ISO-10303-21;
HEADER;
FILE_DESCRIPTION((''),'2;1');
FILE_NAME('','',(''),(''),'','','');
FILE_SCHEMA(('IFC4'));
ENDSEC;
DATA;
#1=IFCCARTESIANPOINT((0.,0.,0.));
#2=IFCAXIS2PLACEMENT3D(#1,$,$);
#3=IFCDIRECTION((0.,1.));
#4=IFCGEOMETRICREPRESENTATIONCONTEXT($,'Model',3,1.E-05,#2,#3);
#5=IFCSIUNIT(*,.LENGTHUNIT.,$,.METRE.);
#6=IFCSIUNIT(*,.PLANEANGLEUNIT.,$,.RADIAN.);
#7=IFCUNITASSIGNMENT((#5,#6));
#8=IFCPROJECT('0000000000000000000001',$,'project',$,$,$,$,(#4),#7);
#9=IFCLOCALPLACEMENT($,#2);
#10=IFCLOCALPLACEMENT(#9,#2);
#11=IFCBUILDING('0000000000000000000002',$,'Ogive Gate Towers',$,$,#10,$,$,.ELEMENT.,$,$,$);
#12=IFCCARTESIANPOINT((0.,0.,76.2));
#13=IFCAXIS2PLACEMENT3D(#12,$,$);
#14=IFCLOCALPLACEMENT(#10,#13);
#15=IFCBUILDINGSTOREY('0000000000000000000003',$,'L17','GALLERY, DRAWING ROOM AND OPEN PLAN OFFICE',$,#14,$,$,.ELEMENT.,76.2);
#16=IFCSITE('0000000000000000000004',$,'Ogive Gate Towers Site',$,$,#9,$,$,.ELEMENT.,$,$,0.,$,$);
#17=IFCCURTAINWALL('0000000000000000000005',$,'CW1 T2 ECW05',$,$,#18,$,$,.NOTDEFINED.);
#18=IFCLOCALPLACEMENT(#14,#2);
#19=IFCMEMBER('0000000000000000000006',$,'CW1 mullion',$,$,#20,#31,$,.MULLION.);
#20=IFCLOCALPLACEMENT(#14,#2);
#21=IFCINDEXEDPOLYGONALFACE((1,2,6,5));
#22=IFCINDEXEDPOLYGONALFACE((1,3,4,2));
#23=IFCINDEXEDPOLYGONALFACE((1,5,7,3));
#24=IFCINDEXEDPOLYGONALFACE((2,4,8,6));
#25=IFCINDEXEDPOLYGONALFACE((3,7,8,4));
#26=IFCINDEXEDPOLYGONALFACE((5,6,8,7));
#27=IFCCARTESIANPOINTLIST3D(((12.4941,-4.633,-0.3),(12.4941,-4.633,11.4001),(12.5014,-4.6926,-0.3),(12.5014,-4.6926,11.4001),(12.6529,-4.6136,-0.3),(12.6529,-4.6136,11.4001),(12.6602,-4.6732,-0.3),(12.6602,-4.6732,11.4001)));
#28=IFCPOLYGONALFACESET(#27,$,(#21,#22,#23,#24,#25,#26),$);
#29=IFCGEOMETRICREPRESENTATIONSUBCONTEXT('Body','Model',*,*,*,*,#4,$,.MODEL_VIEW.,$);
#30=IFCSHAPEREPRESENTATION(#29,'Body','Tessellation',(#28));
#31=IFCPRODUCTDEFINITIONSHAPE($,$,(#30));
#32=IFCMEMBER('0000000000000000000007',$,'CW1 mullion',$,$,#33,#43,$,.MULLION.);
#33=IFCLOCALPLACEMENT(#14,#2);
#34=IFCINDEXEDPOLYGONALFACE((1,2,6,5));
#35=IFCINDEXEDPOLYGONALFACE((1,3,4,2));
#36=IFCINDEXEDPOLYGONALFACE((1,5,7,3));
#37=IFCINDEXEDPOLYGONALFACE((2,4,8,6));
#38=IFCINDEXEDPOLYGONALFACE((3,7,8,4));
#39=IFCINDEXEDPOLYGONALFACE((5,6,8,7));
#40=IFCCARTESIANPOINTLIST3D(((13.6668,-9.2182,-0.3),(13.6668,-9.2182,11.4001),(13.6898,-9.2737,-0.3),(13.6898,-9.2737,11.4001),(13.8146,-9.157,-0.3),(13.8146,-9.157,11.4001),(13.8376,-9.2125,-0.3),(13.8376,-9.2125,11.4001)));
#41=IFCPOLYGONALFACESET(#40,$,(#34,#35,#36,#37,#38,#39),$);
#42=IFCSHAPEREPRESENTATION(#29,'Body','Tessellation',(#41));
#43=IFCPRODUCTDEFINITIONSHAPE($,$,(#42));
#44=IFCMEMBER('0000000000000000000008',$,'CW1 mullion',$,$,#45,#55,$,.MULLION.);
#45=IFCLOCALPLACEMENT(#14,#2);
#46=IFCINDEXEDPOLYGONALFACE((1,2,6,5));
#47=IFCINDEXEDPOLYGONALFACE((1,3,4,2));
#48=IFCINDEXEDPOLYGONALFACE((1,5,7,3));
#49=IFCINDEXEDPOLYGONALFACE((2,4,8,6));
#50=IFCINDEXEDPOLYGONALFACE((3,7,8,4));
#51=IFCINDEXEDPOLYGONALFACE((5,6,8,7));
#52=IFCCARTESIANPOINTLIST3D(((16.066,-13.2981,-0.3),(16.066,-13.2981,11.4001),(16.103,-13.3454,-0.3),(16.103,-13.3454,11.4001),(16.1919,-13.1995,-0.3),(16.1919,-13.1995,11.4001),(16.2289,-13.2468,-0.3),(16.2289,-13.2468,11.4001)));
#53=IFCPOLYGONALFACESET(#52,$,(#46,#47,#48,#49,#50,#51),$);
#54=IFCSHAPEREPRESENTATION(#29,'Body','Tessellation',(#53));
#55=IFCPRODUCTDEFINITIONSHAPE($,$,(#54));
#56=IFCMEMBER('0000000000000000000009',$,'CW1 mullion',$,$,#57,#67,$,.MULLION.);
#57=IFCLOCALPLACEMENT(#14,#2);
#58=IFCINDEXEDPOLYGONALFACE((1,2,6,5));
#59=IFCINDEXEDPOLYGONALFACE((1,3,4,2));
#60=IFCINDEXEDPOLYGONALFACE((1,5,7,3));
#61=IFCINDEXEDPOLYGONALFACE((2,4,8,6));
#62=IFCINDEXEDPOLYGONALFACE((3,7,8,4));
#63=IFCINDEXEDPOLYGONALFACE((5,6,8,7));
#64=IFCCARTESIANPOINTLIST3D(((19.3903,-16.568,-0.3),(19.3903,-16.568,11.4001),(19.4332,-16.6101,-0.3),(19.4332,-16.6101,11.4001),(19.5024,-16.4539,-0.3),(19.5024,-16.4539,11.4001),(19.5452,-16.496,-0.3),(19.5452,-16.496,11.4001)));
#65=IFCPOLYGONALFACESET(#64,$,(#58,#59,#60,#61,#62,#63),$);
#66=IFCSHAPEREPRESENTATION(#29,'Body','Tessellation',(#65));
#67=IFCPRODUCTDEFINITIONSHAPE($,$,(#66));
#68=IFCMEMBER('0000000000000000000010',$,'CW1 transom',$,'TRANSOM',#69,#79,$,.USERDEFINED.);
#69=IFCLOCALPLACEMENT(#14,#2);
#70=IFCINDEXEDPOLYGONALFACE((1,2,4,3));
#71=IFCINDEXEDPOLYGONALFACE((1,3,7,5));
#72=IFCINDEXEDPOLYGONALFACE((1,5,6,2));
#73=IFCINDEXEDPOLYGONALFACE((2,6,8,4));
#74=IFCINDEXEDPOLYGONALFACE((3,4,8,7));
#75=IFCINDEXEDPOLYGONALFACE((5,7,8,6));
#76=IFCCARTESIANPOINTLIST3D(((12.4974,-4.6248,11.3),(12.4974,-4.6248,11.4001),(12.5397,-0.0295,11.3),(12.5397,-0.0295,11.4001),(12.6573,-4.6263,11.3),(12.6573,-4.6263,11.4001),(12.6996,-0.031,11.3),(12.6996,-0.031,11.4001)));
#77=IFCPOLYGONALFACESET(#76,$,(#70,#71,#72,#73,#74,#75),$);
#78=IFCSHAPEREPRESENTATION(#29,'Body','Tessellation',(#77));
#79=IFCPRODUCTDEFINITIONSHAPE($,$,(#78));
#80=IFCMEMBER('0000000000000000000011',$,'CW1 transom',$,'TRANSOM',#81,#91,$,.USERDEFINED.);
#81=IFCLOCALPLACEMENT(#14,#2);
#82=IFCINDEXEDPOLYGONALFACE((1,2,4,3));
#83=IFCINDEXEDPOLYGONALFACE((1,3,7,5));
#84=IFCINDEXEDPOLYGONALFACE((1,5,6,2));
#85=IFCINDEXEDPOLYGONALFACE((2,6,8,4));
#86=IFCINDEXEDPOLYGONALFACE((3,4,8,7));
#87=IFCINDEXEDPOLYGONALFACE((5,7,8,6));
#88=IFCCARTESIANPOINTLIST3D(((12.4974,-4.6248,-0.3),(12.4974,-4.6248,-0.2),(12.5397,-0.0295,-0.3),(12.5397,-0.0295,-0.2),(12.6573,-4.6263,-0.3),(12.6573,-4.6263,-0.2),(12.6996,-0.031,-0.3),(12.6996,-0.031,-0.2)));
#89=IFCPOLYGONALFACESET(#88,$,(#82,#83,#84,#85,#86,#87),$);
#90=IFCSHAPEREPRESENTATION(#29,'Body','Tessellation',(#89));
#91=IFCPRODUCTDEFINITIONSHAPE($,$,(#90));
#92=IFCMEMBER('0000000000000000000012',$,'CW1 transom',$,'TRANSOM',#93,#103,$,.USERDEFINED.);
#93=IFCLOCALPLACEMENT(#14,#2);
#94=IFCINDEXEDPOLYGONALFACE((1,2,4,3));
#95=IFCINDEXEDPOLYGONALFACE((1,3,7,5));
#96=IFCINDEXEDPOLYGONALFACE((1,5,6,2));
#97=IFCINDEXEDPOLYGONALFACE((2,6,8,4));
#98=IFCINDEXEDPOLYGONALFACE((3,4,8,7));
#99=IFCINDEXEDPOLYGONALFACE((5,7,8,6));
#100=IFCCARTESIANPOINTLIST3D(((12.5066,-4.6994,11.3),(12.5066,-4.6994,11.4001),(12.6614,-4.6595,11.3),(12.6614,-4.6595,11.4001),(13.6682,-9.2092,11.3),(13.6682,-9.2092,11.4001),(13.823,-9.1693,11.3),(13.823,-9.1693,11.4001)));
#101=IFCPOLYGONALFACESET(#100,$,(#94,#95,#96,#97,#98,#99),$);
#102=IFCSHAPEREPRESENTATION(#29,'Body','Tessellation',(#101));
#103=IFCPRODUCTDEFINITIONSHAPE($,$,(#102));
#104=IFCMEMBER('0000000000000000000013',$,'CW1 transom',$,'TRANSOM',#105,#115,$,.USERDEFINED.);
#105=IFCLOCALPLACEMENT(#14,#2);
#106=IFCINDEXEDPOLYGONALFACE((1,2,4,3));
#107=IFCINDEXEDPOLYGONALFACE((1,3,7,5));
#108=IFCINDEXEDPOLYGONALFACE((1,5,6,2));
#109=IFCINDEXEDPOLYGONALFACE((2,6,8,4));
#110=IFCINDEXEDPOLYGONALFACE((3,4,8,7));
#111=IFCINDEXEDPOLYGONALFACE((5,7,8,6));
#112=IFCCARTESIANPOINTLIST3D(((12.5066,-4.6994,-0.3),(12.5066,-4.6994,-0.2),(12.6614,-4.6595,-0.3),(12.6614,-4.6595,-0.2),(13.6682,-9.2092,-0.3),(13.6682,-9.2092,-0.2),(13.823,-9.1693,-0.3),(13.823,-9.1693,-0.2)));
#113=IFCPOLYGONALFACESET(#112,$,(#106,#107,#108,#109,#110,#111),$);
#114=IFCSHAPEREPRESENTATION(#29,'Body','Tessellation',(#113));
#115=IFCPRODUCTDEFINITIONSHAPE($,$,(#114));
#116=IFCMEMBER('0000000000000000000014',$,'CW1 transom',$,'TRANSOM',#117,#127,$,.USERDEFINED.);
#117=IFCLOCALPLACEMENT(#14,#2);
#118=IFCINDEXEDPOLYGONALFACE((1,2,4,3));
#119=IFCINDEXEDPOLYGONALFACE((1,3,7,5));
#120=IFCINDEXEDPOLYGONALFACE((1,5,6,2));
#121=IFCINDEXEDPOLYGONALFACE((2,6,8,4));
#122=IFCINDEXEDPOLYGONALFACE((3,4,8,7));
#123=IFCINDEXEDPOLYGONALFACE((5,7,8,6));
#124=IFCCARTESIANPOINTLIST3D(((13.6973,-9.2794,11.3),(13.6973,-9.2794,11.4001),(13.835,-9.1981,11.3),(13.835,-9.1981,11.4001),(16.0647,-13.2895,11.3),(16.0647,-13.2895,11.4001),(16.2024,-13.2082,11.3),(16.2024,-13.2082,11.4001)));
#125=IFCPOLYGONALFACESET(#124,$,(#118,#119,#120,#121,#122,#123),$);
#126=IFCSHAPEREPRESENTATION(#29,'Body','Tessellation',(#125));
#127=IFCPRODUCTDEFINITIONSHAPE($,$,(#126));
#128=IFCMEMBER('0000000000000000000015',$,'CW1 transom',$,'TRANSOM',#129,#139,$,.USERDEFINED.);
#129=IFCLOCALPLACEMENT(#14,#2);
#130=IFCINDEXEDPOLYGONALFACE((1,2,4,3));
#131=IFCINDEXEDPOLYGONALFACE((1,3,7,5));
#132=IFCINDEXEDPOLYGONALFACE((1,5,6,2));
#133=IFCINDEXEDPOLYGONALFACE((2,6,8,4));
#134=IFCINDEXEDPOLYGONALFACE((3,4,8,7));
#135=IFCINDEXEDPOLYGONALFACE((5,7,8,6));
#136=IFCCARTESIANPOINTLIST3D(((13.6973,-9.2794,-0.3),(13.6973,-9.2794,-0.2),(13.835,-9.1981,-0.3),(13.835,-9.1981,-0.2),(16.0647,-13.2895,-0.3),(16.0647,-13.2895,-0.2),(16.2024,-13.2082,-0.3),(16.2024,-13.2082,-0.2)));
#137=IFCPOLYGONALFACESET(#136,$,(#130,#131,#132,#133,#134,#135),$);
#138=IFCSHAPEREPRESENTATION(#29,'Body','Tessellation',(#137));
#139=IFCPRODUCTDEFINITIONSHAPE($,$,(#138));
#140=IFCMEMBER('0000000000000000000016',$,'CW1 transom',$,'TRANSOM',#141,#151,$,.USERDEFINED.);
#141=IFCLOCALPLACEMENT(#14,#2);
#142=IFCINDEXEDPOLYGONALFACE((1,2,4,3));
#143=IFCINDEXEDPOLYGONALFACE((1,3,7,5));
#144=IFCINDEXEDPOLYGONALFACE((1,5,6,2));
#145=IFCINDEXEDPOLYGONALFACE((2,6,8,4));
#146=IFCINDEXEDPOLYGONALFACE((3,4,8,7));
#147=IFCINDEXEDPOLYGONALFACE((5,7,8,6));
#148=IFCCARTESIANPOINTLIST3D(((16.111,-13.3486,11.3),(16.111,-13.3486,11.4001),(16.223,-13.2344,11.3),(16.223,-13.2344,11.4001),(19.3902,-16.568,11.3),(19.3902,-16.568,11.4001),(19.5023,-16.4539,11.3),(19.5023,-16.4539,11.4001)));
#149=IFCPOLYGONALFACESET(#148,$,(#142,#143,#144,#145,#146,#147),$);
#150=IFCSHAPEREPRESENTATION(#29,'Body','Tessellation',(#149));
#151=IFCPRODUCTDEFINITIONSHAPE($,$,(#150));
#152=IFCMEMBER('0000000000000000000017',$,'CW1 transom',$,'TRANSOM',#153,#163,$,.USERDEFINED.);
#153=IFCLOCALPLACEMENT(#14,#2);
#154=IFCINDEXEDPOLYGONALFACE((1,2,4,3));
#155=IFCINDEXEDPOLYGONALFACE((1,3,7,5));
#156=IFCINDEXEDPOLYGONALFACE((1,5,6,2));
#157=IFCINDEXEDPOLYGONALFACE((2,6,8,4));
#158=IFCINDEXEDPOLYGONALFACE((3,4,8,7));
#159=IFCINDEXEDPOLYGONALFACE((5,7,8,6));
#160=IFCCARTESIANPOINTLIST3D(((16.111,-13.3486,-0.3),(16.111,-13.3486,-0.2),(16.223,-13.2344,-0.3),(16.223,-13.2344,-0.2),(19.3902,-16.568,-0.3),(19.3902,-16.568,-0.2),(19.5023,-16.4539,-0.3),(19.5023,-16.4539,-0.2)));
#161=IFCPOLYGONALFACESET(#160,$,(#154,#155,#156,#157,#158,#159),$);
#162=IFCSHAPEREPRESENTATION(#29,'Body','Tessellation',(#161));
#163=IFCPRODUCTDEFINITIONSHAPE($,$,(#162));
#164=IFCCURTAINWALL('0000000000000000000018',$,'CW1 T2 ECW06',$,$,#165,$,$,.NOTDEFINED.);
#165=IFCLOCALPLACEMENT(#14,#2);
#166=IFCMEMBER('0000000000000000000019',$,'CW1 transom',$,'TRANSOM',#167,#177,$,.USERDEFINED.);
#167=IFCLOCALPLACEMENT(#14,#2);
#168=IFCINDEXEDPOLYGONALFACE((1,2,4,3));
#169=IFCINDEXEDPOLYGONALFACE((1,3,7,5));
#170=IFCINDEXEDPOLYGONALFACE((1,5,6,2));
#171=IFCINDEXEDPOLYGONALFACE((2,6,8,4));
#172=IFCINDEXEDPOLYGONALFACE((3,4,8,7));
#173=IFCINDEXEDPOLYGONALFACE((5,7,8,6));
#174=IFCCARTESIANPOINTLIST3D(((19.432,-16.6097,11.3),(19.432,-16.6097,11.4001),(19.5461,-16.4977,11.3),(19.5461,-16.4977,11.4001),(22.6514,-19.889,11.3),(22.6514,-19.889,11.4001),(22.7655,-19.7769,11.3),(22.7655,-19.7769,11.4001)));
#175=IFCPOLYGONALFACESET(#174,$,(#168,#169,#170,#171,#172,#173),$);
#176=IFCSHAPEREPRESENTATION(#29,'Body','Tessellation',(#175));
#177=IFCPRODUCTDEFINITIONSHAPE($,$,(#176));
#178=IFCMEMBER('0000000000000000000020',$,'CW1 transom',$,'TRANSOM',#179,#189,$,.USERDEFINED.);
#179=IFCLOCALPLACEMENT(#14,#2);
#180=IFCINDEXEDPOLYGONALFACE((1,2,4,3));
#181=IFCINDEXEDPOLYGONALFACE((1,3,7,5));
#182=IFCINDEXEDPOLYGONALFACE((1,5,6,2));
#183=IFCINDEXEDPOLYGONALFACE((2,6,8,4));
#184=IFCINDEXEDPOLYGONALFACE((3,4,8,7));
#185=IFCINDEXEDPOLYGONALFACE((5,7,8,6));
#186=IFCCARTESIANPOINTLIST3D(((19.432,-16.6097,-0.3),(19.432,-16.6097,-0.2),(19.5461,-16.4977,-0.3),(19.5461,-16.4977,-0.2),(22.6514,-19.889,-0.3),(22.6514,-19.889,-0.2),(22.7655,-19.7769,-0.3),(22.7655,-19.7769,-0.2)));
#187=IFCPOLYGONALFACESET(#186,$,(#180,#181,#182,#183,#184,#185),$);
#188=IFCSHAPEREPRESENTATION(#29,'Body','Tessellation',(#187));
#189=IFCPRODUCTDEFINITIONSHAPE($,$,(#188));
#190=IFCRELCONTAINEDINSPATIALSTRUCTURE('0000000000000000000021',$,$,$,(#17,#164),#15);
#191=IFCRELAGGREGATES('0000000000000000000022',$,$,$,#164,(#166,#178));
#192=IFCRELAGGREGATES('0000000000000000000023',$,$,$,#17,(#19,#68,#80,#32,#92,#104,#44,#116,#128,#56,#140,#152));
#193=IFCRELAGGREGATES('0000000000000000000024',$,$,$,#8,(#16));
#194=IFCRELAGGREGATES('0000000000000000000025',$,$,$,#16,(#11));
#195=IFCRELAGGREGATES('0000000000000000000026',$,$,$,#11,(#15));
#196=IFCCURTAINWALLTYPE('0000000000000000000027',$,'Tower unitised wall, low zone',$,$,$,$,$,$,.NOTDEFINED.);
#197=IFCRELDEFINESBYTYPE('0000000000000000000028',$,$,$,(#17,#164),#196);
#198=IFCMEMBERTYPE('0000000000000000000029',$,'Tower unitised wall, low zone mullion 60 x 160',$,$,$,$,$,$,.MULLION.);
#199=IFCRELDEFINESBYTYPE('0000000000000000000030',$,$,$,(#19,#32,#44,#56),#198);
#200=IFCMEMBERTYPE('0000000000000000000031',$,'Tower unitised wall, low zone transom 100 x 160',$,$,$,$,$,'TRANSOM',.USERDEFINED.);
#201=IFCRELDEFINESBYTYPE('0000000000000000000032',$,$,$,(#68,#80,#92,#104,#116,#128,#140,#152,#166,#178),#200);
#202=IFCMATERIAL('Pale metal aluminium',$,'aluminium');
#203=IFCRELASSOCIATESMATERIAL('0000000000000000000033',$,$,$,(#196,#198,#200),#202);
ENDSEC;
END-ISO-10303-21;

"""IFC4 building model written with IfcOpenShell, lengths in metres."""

from ifc_helpers import new_model, si_unit, direction, frame, origin, origin_2d, place, context, subcontext, project, spatial, rectangle, extrude, material, material_profile, profile_set, type_object, element, aggregate, save


model = new_model("IFC4")

# Units and contexts
model_context = context("Model", 3, precision=1e-05, world=origin(), true_north=direction((0.0, 1.0)))
body_context = subcontext(model_context, "Body", "Model", "MODEL_VIEW")
ifc_project = project(units=[si_unit("LENGTHUNIT", "METRE"), si_unit("PLANEANGLEUNIT", "RADIAN")], contexts=[model_context])

# Site, building, storey
site_placement = place(None, origin())
site = spatial("IfcSite", under=ifc_project, at=site_placement, Name="Ogive Gate Towers Site", CompositionType="ELEMENT", RefElevation=0.0)
building_placement = place(site_placement, origin())
building = spatial("IfcBuilding", under=site, at=building_placement, Name="Ogive Gate Towers", CompositionType="ELEMENT")
storey_placement = place(building_placement, frame((0.0, 0.0, 76.2)))
storey = spatial("IfcBuildingStorey", under=building, at=storey_placement, Name="L17", Description="GALLERY, DRAWING ROOM AND OPEN PLAN OFFICE", CompositionType="ELEMENT", Elevation=76.2)

# Curtain walls, members
ifc_material_1 = material(Name="Pale metal aluminium", Category="aluminium")
curtain_wall_type = type_object("IfcCurtainWallType", Name="Tower unitised wall, low zone", PredefinedType="NOTDEFINED", material=ifc_material_1)
curtain_wall_1_placement = place(storey_placement, origin())
curtain_wall_1 = element("IfcCurtainWall", 1, at=curtain_wall_1_placement, inside=storey, type_object=curtain_wall_type, Name="CW1 T2 ECW05", PredefinedType="NOTDEFINED")
ifc_material_profile_1 = material_profile(ifc_material_1, rectangle(XDim=0.1599, YDim=0.0601, at=origin_2d()), Name="60 x 160 aluminium box")
ifc_profile_set_1 = profile_set([ifc_material_profile_1], Name="Pale metal aluminium")
member_type_1 = type_object("IfcMemberType", Name="Tower unitised wall, low zone mullion 60 x 160", PredefinedType="MULLION", material=ifc_profile_set_1)
member_1_placement = place(storey_placement, frame((12.5771, -4.6531, -0.3), z_axis=(0.0, 0.0, 1.0), x_axis=(-0.992635, -0.121142, 0.0)))
member_1 = element("IfcMember", 2, at=member_1_placement, type_object=member_type_1, Name="CW1 mullion", PredefinedType="MULLION", context=body_context, shape_type="SweptSolid", body=[
    extrude(rectangle(XDim=0.1599, YDim=0.0601, at=origin_2d()), origin(), (0.0, 0.0, 1.0), 11.7002),
])
member_2_placement = place(storey_placement, frame((13.7522, -9.2153, -0.3), z_axis=(0.0, 0.0, 1.0), x_axis=(-0.92388, -0.382683, 0.0)))
member_2 = element("IfcMember", 3, at=member_2_placement, type_object=member_type_1, Name="CW1 mullion", PredefinedType="MULLION", context=body_context, shape_type="SweptSolid", body=[
    extrude(rectangle(XDim=0.1599, YDim=0.0601, at=origin_2d()), origin(), (0.0, 0.0, 1.0), 11.7002),
])
member_3_placement = place(storey_placement, frame((16.1475, -13.2725, -0.3), z_axis=(0.0, 0.0, 1.0), x_axis=(-0.787559, -0.616239, 0.0)))
member_3 = element("IfcMember", 4, at=member_3_placement, type_object=member_type_1, Name="CW1 mullion", PredefinedType="MULLION", context=body_context, shape_type="SweptSolid", body=[
    extrude(rectangle(XDim=0.1599, YDim=0.0601, at=origin_2d()), origin(), (0.0, 0.0, 1.0), 11.7002),
])
member_4_placement = place(storey_placement, frame((19.4678, -16.532, -0.3), z_axis=(0.0, 0.0, 1.0), x_axis=(-0.700586, -0.713568, 0.0)))
member_4 = element("IfcMember", 5, at=member_4_placement, type_object=member_type_1, Name="CW1 mullion", PredefinedType="MULLION", context=body_context, shape_type="SweptSolid", body=[
    extrude(rectangle(XDim=0.1599, YDim=0.0601, at=origin_2d()), origin(), (0.0, 0.0, 1.0), 11.7002),
])
ifc_material_profile_2 = material_profile(ifc_material_1, rectangle(XDim=0.1599, YDim=0.1001, at=origin_2d()), Name="100 x 160 aluminium box")
ifc_profile_set_2 = profile_set([ifc_material_profile_2], Name="Pale metal aluminium")
member_type_2 = type_object("IfcMemberType", Name="Tower unitised wall, low zone transom 100 x 160", ElementType="TRANSOM", PredefinedType="USERDEFINED", material=ifc_profile_set_2)
member_5_placement = place(storey_placement, frame((12.6196, -0.0303, 11.3501), z_axis=(-0.009191, -0.999958, 0.0), x_axis=(0.999958, -0.009191, 0.0)))
member_5 = element("IfcMember", 6, at=member_5_placement, type_object=member_type_2, Name="CW1 transom", ObjectType="TRANSOM", PredefinedType="USERDEFINED", context=body_context, shape_type="SweptSolid", body=[
    extrude(rectangle(XDim=0.1599, YDim=0.1001, at=origin_2d()), origin(), (0.0, 0.0, 1.0), 4.5955),
])
member_6_placement = place(storey_placement, frame((12.6196, -0.0303, -0.25), z_axis=(-0.009191, -0.999958, 0.0), x_axis=(0.999958, -0.009191, 0.0)))
member_6 = element("IfcMember", 7, at=member_6_placement, type_object=member_type_2, Name="CW1 transom", ObjectType="TRANSOM", PredefinedType="USERDEFINED", context=body_context, shape_type="SweptSolid", body=[
    extrude(rectangle(XDim=0.1599, YDim=0.1001, at=origin_2d()), origin(), (0.0, 0.0, 1.0), 4.5955),
])
member_7_placement = place(storey_placement, frame((12.584, -4.6794, 11.3501), z_axis=(0.249437, -0.968391, 0.0), x_axis=(0.968391, 0.249437, 0.0)))
member_7 = element("IfcMember", 8, at=member_7_placement, type_object=member_type_2, Name="CW1 transom", ObjectType="TRANSOM", PredefinedType="USERDEFINED", context=body_context, shape_type="SweptSolid", body=[
    extrude(rectangle(XDim=0.1599, YDim=0.1001, at=origin_2d()), origin(), (0.0, 0.0, 1.0), 4.657),
])
member_8_placement = place(storey_placement, frame((12.584, -4.6794, -0.25), z_axis=(0.249437, -0.968391, 0.0), x_axis=(0.968391, 0.249437, 0.0)))
member_8 = element("IfcMember", 9, at=member_8_placement, type_object=member_type_2, Name="CW1 transom", ObjectType="TRANSOM", PredefinedType="USERDEFINED", context=body_context, shape_type="SweptSolid", body=[
    extrude(rectangle(XDim=0.1599, YDim=0.1001, at=origin_2d()), origin(), (0.0, 0.0, 1.0), 4.657),
])
member_9_placement = place(storey_placement, frame((13.7661, -9.2388, 11.3501), z_axis=(0.508392, -0.861126, 0.0), x_axis=(0.861126, 0.508392, 0.0)))
member_9 = element("IfcMember", 10, at=member_9_placement, type_object=member_type_2, Name="CW1 transom", ObjectType="TRANSOM", PredefinedType="USERDEFINED", context=body_context, shape_type="SweptSolid", body=[
    extrude(rectangle(XDim=0.1599, YDim=0.1001, at=origin_2d()), origin(), (0.0, 0.0, 1.0), 4.6567),
])
member_10_placement = place(storey_placement, frame((13.7661, -9.2388, -0.25), z_axis=(0.508392, -0.861126, 0.0), x_axis=(0.861126, 0.508392, 0.0)))
member_10 = element("IfcMember", 11, at=member_10_placement, type_object=member_type_2, Name="CW1 transom", ObjectType="TRANSOM", PredefinedType="USERDEFINED", context=body_context, shape_type="SweptSolid", body=[
    extrude(rectangle(XDim=0.1599, YDim=0.1001, at=origin_2d()), origin(), (0.0, 0.0, 1.0), 4.6567),
])
member_11_placement = place(storey_placement, frame((16.167, -13.2915, 11.3501), z_axis=(0.713585, -0.700569, 0.0), x_axis=(0.700569, 0.713585, 0.0)))
member_11 = element("IfcMember", 12, at=member_11_placement, type_object=member_type_2, Name="CW1 transom", ObjectType="TRANSOM", PredefinedType="USERDEFINED", context=body_context, shape_type="SweptSolid", body=[
    extrude(rectangle(XDim=0.1599, YDim=0.1001, at=origin_2d()), origin(), (0.0, 0.0, 1.0), 4.5955),
])
member_12_placement = place(storey_placement, frame((16.167, -13.2915, -0.25), z_axis=(0.713585, -0.700569, 0.0), x_axis=(0.700569, 0.713585, 0.0)))
member_12 = element("IfcMember", 13, at=member_12_placement, type_object=member_type_2, Name="CW1 transom", ObjectType="TRANSOM", PredefinedType="USERDEFINED", context=body_context, shape_type="SweptSolid", body=[
    extrude(rectangle(XDim=0.1599, YDim=0.1001, at=origin_2d()), origin(), (0.0, 0.0, 1.0), 4.5955),
])
curtain_wall_2_placement = place(storey_placement, origin())
curtain_wall_2 = element("IfcCurtainWall", 14, at=curtain_wall_2_placement, inside=storey, type_object=curtain_wall_type, Name="CW1 T2 ECW06", PredefinedType="NOTDEFINED")
member_13_placement = place(storey_placement, frame((19.489, -16.5537, 11.3501), z_axis=(0.700569, -0.713585, 0.0), x_axis=(0.713585, 0.700569, 0.0)))
member_13 = element("IfcMember", 15, at=member_13_placement, type_object=member_type_2, Name="CW1 transom", ObjectType="TRANSOM", PredefinedType="USERDEFINED", context=body_context, shape_type="SweptSolid", body=[
    extrude(rectangle(XDim=0.1599, YDim=0.1001, at=origin_2d()), origin(), (0.0, 0.0, 1.0), 4.5955),
])
member_14_placement = place(storey_placement, frame((19.489, -16.5537, -0.25), z_axis=(0.700569, -0.713585, 0.0), x_axis=(0.713585, 0.700569, 0.0)))
member_14 = element("IfcMember", 16, at=member_14_placement, type_object=member_type_2, Name="CW1 transom", ObjectType="TRANSOM", PredefinedType="USERDEFINED", context=body_context, shape_type="SweptSolid", body=[
    extrude(rectangle(XDim=0.1599, YDim=0.1001, at=origin_2d()), origin(), (0.0, 0.0, 1.0), 4.5955),
])
aggregate(curtain_wall_2, [member_13, member_14])

aggregate(curtain_wall_1, [member_1, member_5, member_6, member_2, member_7, member_8, member_3, member_9, member_10, member_4, member_11, member_12])

save(model, "model.ifc")
